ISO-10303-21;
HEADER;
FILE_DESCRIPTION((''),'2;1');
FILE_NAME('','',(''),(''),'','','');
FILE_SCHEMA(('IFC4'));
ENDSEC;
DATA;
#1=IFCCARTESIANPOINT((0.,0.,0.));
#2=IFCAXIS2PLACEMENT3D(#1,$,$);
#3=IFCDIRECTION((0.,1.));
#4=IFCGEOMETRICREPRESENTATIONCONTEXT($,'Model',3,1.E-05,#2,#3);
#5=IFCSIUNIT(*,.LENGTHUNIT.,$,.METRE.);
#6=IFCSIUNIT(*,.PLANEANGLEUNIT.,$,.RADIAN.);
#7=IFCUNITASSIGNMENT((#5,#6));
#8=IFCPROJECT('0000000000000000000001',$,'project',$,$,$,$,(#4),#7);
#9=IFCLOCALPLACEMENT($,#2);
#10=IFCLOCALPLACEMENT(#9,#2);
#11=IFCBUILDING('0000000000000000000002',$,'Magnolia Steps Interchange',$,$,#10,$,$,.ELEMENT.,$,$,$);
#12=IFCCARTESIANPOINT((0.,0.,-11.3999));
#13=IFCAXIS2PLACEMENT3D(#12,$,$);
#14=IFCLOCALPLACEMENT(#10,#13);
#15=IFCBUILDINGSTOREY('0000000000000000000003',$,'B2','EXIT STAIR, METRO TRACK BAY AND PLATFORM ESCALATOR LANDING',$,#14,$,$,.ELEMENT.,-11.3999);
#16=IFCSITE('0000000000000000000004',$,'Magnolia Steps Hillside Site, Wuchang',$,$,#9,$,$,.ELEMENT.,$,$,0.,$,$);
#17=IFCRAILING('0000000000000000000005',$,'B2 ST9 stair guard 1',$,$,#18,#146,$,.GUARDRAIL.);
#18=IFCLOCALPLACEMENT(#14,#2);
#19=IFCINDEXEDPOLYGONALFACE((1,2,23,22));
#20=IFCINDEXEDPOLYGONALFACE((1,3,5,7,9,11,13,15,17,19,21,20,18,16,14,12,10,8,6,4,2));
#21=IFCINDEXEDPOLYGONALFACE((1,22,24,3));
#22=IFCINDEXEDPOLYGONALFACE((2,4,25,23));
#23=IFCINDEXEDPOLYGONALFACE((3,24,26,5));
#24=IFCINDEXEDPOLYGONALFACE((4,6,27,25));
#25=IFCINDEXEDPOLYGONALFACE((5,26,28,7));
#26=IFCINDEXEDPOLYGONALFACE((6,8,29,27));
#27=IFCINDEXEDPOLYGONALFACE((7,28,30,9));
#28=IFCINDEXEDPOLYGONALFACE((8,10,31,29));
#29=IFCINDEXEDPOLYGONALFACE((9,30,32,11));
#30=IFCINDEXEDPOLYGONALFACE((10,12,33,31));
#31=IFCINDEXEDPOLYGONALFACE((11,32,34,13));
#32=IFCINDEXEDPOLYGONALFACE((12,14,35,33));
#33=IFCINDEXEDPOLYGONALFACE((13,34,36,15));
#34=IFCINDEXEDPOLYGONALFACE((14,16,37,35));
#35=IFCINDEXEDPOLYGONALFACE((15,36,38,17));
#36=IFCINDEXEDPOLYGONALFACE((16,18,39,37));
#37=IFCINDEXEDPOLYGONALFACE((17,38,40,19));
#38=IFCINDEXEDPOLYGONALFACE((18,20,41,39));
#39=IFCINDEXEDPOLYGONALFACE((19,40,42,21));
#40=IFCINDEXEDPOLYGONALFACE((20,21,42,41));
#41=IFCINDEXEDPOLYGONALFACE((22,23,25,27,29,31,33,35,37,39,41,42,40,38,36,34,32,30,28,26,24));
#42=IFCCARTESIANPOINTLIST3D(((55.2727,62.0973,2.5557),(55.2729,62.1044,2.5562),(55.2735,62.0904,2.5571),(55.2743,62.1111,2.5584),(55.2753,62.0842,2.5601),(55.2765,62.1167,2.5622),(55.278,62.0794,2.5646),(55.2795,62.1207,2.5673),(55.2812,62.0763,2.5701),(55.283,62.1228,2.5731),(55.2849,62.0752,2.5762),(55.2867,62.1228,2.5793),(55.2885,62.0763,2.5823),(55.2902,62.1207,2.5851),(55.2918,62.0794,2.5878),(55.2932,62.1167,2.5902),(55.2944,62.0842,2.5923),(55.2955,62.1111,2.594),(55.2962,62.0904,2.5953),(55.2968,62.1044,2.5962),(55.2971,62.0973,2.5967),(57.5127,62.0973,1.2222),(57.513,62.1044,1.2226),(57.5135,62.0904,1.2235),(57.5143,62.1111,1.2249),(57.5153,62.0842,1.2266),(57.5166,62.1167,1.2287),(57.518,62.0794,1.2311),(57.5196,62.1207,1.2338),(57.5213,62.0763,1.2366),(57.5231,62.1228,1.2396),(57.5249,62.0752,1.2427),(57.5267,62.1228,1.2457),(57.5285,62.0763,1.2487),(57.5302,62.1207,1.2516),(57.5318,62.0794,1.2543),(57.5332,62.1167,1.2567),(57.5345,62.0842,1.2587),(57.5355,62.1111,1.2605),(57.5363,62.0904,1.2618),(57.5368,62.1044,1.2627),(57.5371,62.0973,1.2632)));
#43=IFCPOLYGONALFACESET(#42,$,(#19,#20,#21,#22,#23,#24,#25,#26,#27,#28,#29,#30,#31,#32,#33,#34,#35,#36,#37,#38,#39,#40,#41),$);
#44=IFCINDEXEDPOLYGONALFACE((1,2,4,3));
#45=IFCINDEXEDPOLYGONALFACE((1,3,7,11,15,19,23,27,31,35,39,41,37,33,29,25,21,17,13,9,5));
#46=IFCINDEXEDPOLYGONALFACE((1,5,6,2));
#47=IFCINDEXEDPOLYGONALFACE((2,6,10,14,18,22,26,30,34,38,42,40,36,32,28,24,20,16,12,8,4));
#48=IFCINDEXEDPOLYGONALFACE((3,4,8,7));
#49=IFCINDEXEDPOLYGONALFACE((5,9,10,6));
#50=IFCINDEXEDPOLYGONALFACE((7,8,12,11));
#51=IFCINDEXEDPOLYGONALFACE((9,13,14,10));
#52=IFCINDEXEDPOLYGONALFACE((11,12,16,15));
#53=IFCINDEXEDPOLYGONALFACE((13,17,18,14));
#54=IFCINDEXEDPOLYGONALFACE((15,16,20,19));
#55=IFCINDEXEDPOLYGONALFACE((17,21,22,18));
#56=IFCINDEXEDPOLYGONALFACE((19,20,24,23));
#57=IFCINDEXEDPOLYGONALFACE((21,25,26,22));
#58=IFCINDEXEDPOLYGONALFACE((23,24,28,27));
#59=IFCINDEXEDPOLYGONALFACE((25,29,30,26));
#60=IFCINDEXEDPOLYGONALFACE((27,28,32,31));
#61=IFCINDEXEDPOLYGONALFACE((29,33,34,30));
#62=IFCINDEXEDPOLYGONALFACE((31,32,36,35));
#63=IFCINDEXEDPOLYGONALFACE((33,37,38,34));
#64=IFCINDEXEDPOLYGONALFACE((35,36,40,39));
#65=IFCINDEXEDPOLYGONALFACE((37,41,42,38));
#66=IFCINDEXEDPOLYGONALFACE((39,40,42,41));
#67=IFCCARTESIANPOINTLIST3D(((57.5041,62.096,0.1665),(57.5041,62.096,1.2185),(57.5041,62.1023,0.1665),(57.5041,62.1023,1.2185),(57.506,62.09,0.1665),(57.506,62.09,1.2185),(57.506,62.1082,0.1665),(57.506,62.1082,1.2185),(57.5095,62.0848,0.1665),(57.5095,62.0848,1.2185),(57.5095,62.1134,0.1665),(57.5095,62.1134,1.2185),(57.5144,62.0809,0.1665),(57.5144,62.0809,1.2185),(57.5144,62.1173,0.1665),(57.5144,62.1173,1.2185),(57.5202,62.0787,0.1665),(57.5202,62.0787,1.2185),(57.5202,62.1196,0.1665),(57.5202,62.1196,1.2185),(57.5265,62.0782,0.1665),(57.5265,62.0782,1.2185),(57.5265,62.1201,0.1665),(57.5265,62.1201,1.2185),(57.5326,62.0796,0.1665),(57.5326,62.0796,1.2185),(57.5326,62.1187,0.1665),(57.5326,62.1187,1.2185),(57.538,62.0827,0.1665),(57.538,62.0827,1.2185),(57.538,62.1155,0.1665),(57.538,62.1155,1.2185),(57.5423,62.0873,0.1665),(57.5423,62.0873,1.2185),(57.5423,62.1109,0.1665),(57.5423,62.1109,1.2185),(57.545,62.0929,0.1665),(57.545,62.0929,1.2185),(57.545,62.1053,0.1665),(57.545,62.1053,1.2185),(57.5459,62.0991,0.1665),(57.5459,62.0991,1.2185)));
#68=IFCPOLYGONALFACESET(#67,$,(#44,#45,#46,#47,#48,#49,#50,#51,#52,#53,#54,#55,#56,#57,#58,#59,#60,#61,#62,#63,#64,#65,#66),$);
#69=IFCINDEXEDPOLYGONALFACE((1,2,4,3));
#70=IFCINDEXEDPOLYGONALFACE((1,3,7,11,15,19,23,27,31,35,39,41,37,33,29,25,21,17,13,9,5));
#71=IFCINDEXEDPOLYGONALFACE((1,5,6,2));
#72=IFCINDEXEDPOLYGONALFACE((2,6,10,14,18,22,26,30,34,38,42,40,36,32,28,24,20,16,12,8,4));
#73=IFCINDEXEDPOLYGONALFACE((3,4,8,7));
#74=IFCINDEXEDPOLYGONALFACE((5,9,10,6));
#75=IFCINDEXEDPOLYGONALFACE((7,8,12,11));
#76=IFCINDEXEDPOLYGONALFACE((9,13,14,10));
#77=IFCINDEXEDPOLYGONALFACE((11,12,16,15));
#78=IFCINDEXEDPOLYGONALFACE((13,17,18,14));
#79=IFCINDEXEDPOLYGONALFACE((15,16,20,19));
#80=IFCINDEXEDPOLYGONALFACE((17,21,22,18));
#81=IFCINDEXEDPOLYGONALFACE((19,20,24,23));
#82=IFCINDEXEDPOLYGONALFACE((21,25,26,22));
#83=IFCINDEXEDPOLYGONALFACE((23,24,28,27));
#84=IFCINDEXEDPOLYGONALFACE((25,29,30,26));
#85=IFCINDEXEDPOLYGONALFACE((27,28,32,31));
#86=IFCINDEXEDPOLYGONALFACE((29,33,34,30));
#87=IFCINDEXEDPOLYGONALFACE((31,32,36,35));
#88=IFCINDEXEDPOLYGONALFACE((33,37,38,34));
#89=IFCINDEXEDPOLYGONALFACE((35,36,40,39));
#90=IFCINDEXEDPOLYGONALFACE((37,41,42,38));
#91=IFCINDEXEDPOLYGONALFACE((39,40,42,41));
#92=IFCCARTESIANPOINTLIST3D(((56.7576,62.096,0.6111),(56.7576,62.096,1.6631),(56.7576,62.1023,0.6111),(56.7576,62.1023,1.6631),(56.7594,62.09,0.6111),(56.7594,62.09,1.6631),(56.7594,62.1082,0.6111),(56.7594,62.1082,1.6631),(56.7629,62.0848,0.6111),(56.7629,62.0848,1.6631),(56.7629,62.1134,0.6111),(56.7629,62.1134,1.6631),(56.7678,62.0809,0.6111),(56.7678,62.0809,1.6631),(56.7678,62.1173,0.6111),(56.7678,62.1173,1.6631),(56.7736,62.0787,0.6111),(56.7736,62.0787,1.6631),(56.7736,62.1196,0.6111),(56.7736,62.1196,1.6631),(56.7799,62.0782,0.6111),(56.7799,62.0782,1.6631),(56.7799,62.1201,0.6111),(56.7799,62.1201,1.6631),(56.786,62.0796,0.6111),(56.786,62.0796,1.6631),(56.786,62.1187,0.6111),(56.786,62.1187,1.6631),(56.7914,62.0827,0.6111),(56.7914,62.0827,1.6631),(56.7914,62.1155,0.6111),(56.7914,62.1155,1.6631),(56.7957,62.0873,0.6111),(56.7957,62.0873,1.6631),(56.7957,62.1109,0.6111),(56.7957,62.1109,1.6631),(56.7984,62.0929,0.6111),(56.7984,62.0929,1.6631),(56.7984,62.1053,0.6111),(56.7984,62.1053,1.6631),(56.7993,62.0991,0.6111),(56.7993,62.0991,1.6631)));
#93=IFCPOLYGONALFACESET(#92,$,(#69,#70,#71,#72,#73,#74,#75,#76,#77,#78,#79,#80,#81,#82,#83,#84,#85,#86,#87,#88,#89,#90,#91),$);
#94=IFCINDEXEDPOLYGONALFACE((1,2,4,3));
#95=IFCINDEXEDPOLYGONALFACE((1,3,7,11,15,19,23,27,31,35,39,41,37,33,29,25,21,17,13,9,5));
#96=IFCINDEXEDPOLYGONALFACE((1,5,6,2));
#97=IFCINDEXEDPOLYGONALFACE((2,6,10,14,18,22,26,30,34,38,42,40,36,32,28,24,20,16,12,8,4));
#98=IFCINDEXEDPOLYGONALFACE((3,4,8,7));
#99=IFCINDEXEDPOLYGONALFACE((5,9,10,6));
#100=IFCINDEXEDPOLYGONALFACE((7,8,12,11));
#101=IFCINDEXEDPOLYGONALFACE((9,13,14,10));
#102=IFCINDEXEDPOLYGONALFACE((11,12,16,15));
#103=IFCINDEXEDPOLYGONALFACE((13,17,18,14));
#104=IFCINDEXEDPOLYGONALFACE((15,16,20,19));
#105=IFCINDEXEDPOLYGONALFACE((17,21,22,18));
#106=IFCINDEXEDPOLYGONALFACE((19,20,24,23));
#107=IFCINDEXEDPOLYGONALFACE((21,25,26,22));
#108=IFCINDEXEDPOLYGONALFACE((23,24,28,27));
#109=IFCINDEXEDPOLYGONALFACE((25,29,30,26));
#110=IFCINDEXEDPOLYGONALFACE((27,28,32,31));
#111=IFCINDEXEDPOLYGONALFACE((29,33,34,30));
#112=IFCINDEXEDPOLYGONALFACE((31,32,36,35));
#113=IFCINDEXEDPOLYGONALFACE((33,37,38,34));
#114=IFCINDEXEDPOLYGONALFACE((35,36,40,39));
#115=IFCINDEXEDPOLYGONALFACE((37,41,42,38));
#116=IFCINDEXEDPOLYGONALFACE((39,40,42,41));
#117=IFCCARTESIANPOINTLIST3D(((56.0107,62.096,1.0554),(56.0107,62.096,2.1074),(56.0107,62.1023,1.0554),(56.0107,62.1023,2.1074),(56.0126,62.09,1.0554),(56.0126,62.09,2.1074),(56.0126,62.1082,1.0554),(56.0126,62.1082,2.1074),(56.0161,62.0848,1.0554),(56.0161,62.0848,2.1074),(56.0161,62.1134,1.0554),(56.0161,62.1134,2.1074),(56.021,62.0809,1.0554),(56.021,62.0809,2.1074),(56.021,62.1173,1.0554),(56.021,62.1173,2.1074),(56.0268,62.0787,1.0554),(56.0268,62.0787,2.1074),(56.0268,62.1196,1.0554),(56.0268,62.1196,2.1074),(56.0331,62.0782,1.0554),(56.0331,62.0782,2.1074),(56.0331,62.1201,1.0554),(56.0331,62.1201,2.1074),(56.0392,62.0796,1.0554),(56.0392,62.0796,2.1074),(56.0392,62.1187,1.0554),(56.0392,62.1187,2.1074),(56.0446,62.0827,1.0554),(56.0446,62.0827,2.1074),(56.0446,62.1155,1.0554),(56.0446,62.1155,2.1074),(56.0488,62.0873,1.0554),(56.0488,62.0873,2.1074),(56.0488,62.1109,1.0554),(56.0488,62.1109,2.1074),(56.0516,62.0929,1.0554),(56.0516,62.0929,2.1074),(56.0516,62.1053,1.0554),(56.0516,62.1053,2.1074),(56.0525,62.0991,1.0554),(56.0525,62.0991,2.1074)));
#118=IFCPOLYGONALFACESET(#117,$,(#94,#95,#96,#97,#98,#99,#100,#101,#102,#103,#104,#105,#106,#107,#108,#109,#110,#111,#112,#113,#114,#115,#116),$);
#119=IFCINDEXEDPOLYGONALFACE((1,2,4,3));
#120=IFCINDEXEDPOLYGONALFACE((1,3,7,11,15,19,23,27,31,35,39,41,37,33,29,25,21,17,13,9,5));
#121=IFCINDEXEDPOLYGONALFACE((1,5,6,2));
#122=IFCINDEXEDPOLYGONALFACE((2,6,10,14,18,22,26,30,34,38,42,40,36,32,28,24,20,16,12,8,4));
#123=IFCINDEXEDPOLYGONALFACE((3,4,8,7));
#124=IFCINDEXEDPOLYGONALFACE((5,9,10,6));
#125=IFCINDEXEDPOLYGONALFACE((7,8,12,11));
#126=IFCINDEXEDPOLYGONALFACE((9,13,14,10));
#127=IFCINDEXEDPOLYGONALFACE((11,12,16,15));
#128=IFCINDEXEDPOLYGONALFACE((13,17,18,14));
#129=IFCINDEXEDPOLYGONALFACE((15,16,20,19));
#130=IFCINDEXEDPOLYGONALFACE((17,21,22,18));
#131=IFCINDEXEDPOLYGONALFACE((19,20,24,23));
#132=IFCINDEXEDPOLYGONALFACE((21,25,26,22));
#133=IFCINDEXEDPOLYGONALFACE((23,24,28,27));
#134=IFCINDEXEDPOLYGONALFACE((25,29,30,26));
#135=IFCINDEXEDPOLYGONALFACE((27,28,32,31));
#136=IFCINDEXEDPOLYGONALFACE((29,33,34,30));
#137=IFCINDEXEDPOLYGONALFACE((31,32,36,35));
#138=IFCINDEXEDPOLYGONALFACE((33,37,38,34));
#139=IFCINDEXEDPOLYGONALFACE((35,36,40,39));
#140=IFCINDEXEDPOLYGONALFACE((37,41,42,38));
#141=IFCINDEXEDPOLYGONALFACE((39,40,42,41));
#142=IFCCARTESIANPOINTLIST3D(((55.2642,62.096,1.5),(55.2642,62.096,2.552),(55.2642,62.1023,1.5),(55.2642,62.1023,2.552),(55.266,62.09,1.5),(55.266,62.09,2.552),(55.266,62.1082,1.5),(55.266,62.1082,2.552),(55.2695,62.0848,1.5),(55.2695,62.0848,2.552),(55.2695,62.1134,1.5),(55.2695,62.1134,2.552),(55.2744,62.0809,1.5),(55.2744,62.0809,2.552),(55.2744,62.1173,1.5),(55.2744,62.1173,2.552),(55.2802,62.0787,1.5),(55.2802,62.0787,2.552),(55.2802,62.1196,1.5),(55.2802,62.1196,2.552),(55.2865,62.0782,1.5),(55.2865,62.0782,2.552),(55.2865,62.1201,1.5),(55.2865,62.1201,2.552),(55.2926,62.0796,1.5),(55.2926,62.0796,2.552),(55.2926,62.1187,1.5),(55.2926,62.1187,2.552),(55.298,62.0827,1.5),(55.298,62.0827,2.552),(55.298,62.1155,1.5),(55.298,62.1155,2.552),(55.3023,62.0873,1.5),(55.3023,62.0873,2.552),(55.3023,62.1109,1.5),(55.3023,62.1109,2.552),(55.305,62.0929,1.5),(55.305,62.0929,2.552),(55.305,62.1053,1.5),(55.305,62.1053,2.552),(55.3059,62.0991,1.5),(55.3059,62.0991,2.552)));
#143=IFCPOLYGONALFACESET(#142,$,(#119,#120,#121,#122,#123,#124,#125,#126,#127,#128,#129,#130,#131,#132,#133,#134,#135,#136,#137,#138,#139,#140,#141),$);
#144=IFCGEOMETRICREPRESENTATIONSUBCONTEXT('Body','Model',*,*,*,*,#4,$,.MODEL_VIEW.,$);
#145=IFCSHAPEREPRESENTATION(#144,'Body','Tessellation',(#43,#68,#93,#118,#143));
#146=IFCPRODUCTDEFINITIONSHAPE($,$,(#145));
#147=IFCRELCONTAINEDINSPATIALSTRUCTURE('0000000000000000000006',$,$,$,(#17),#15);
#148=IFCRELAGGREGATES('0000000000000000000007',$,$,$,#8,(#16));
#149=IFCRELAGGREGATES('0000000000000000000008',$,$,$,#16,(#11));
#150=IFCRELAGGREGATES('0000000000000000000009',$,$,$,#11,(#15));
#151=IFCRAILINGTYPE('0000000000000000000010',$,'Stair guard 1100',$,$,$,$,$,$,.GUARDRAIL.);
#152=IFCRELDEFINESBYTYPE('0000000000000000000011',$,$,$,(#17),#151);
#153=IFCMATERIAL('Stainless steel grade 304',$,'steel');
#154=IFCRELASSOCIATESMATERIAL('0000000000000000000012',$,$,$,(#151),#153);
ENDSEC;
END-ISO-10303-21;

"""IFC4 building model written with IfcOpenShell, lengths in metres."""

from ifc_helpers import new_model, si_unit, direction, frame, origin, origin_2d, place, context, subcontext, project, spatial, circle, extrude, material, type_object, element, save


model = new_model("IFC4")

# Units and contexts
model_context = context("Model", 3, precision=1e-05, world=origin(), true_north=direction((0.0, 1.0)))
body_context = subcontext(model_context, "Body", "Model", "MODEL_VIEW")
ifc_project = project(units=[si_unit("LENGTHUNIT", "METRE"), si_unit("PLANEANGLEUNIT", "RADIAN")], contexts=[model_context])

# Site, building, storey
site_placement = place(None, origin())
site = spatial("IfcSite", under=ifc_project, at=site_placement, Name="Magnolia Steps Hillside Site, Wuchang", CompositionType="ELEMENT", RefElevation=0.0)
building_placement = place(site_placement, origin())
building = spatial("IfcBuilding", under=site, at=building_placement, Name="Magnolia Steps Interchange", CompositionType="ELEMENT")
storey_placement = place(building_placement, frame((0.0, 0.0, -11.3999)))
storey = spatial("IfcBuildingStorey", under=building, at=storey_placement, Name="B2", Description="EXIT STAIR, METRO TRACK BAY AND PLATFORM ESCALATOR LANDING", CompositionType="ELEMENT", Elevation=-11.3999)

# Railing
ifc_material_1 = material(Name="Stainless steel grade 304", Category="steel")
railing_type_1 = type_object("IfcRailingType", Name="Stair guard 1100", PredefinedType="GUARDRAIL", material=ifc_material_1)
railing_1_placement = place(storey_placement, frame((57.5249, 62.0991, 0.1665)))
element("IfcRailing", 1, at=railing_1_placement, inside=storey, type_object=railing_type_1, Name="B2 ST9 stair guard 1", PredefinedType="GUARDRAIL", context=body_context, shape_type="SweptSolid", body=[
    extrude(circle(Radius=0.0239, at=origin_2d()), frame((0.0, 0.0, 1.0762), z_axis=(-0.859264, 0.0, 0.511532), x_axis=(0.0, -1.0, 0.0)), (0.0, 0.0, 1.0), 2.6069),
    extrude(circle(Radius=0.021, at=origin_2d()), origin(), (0.0, 0.0, 1.0), 1.052),
    extrude(circle(Radius=0.021, at=origin_2d()), frame((-0.7466, 0.0, 0.4446)), (0.0, 0.0, 1.0), 1.052),
    extrude(circle(Radius=0.021, at=origin_2d()), frame((-1.4934, 0.0, 0.8889)), (0.0, 0.0, 1.0), 1.052),
    extrude(circle(Radius=0.021, at=origin_2d()), frame((-2.24, 0.0, 1.3335)), (0.0, 0.0, 1.0), 1.052),
])

save(model, "model.ifc")
